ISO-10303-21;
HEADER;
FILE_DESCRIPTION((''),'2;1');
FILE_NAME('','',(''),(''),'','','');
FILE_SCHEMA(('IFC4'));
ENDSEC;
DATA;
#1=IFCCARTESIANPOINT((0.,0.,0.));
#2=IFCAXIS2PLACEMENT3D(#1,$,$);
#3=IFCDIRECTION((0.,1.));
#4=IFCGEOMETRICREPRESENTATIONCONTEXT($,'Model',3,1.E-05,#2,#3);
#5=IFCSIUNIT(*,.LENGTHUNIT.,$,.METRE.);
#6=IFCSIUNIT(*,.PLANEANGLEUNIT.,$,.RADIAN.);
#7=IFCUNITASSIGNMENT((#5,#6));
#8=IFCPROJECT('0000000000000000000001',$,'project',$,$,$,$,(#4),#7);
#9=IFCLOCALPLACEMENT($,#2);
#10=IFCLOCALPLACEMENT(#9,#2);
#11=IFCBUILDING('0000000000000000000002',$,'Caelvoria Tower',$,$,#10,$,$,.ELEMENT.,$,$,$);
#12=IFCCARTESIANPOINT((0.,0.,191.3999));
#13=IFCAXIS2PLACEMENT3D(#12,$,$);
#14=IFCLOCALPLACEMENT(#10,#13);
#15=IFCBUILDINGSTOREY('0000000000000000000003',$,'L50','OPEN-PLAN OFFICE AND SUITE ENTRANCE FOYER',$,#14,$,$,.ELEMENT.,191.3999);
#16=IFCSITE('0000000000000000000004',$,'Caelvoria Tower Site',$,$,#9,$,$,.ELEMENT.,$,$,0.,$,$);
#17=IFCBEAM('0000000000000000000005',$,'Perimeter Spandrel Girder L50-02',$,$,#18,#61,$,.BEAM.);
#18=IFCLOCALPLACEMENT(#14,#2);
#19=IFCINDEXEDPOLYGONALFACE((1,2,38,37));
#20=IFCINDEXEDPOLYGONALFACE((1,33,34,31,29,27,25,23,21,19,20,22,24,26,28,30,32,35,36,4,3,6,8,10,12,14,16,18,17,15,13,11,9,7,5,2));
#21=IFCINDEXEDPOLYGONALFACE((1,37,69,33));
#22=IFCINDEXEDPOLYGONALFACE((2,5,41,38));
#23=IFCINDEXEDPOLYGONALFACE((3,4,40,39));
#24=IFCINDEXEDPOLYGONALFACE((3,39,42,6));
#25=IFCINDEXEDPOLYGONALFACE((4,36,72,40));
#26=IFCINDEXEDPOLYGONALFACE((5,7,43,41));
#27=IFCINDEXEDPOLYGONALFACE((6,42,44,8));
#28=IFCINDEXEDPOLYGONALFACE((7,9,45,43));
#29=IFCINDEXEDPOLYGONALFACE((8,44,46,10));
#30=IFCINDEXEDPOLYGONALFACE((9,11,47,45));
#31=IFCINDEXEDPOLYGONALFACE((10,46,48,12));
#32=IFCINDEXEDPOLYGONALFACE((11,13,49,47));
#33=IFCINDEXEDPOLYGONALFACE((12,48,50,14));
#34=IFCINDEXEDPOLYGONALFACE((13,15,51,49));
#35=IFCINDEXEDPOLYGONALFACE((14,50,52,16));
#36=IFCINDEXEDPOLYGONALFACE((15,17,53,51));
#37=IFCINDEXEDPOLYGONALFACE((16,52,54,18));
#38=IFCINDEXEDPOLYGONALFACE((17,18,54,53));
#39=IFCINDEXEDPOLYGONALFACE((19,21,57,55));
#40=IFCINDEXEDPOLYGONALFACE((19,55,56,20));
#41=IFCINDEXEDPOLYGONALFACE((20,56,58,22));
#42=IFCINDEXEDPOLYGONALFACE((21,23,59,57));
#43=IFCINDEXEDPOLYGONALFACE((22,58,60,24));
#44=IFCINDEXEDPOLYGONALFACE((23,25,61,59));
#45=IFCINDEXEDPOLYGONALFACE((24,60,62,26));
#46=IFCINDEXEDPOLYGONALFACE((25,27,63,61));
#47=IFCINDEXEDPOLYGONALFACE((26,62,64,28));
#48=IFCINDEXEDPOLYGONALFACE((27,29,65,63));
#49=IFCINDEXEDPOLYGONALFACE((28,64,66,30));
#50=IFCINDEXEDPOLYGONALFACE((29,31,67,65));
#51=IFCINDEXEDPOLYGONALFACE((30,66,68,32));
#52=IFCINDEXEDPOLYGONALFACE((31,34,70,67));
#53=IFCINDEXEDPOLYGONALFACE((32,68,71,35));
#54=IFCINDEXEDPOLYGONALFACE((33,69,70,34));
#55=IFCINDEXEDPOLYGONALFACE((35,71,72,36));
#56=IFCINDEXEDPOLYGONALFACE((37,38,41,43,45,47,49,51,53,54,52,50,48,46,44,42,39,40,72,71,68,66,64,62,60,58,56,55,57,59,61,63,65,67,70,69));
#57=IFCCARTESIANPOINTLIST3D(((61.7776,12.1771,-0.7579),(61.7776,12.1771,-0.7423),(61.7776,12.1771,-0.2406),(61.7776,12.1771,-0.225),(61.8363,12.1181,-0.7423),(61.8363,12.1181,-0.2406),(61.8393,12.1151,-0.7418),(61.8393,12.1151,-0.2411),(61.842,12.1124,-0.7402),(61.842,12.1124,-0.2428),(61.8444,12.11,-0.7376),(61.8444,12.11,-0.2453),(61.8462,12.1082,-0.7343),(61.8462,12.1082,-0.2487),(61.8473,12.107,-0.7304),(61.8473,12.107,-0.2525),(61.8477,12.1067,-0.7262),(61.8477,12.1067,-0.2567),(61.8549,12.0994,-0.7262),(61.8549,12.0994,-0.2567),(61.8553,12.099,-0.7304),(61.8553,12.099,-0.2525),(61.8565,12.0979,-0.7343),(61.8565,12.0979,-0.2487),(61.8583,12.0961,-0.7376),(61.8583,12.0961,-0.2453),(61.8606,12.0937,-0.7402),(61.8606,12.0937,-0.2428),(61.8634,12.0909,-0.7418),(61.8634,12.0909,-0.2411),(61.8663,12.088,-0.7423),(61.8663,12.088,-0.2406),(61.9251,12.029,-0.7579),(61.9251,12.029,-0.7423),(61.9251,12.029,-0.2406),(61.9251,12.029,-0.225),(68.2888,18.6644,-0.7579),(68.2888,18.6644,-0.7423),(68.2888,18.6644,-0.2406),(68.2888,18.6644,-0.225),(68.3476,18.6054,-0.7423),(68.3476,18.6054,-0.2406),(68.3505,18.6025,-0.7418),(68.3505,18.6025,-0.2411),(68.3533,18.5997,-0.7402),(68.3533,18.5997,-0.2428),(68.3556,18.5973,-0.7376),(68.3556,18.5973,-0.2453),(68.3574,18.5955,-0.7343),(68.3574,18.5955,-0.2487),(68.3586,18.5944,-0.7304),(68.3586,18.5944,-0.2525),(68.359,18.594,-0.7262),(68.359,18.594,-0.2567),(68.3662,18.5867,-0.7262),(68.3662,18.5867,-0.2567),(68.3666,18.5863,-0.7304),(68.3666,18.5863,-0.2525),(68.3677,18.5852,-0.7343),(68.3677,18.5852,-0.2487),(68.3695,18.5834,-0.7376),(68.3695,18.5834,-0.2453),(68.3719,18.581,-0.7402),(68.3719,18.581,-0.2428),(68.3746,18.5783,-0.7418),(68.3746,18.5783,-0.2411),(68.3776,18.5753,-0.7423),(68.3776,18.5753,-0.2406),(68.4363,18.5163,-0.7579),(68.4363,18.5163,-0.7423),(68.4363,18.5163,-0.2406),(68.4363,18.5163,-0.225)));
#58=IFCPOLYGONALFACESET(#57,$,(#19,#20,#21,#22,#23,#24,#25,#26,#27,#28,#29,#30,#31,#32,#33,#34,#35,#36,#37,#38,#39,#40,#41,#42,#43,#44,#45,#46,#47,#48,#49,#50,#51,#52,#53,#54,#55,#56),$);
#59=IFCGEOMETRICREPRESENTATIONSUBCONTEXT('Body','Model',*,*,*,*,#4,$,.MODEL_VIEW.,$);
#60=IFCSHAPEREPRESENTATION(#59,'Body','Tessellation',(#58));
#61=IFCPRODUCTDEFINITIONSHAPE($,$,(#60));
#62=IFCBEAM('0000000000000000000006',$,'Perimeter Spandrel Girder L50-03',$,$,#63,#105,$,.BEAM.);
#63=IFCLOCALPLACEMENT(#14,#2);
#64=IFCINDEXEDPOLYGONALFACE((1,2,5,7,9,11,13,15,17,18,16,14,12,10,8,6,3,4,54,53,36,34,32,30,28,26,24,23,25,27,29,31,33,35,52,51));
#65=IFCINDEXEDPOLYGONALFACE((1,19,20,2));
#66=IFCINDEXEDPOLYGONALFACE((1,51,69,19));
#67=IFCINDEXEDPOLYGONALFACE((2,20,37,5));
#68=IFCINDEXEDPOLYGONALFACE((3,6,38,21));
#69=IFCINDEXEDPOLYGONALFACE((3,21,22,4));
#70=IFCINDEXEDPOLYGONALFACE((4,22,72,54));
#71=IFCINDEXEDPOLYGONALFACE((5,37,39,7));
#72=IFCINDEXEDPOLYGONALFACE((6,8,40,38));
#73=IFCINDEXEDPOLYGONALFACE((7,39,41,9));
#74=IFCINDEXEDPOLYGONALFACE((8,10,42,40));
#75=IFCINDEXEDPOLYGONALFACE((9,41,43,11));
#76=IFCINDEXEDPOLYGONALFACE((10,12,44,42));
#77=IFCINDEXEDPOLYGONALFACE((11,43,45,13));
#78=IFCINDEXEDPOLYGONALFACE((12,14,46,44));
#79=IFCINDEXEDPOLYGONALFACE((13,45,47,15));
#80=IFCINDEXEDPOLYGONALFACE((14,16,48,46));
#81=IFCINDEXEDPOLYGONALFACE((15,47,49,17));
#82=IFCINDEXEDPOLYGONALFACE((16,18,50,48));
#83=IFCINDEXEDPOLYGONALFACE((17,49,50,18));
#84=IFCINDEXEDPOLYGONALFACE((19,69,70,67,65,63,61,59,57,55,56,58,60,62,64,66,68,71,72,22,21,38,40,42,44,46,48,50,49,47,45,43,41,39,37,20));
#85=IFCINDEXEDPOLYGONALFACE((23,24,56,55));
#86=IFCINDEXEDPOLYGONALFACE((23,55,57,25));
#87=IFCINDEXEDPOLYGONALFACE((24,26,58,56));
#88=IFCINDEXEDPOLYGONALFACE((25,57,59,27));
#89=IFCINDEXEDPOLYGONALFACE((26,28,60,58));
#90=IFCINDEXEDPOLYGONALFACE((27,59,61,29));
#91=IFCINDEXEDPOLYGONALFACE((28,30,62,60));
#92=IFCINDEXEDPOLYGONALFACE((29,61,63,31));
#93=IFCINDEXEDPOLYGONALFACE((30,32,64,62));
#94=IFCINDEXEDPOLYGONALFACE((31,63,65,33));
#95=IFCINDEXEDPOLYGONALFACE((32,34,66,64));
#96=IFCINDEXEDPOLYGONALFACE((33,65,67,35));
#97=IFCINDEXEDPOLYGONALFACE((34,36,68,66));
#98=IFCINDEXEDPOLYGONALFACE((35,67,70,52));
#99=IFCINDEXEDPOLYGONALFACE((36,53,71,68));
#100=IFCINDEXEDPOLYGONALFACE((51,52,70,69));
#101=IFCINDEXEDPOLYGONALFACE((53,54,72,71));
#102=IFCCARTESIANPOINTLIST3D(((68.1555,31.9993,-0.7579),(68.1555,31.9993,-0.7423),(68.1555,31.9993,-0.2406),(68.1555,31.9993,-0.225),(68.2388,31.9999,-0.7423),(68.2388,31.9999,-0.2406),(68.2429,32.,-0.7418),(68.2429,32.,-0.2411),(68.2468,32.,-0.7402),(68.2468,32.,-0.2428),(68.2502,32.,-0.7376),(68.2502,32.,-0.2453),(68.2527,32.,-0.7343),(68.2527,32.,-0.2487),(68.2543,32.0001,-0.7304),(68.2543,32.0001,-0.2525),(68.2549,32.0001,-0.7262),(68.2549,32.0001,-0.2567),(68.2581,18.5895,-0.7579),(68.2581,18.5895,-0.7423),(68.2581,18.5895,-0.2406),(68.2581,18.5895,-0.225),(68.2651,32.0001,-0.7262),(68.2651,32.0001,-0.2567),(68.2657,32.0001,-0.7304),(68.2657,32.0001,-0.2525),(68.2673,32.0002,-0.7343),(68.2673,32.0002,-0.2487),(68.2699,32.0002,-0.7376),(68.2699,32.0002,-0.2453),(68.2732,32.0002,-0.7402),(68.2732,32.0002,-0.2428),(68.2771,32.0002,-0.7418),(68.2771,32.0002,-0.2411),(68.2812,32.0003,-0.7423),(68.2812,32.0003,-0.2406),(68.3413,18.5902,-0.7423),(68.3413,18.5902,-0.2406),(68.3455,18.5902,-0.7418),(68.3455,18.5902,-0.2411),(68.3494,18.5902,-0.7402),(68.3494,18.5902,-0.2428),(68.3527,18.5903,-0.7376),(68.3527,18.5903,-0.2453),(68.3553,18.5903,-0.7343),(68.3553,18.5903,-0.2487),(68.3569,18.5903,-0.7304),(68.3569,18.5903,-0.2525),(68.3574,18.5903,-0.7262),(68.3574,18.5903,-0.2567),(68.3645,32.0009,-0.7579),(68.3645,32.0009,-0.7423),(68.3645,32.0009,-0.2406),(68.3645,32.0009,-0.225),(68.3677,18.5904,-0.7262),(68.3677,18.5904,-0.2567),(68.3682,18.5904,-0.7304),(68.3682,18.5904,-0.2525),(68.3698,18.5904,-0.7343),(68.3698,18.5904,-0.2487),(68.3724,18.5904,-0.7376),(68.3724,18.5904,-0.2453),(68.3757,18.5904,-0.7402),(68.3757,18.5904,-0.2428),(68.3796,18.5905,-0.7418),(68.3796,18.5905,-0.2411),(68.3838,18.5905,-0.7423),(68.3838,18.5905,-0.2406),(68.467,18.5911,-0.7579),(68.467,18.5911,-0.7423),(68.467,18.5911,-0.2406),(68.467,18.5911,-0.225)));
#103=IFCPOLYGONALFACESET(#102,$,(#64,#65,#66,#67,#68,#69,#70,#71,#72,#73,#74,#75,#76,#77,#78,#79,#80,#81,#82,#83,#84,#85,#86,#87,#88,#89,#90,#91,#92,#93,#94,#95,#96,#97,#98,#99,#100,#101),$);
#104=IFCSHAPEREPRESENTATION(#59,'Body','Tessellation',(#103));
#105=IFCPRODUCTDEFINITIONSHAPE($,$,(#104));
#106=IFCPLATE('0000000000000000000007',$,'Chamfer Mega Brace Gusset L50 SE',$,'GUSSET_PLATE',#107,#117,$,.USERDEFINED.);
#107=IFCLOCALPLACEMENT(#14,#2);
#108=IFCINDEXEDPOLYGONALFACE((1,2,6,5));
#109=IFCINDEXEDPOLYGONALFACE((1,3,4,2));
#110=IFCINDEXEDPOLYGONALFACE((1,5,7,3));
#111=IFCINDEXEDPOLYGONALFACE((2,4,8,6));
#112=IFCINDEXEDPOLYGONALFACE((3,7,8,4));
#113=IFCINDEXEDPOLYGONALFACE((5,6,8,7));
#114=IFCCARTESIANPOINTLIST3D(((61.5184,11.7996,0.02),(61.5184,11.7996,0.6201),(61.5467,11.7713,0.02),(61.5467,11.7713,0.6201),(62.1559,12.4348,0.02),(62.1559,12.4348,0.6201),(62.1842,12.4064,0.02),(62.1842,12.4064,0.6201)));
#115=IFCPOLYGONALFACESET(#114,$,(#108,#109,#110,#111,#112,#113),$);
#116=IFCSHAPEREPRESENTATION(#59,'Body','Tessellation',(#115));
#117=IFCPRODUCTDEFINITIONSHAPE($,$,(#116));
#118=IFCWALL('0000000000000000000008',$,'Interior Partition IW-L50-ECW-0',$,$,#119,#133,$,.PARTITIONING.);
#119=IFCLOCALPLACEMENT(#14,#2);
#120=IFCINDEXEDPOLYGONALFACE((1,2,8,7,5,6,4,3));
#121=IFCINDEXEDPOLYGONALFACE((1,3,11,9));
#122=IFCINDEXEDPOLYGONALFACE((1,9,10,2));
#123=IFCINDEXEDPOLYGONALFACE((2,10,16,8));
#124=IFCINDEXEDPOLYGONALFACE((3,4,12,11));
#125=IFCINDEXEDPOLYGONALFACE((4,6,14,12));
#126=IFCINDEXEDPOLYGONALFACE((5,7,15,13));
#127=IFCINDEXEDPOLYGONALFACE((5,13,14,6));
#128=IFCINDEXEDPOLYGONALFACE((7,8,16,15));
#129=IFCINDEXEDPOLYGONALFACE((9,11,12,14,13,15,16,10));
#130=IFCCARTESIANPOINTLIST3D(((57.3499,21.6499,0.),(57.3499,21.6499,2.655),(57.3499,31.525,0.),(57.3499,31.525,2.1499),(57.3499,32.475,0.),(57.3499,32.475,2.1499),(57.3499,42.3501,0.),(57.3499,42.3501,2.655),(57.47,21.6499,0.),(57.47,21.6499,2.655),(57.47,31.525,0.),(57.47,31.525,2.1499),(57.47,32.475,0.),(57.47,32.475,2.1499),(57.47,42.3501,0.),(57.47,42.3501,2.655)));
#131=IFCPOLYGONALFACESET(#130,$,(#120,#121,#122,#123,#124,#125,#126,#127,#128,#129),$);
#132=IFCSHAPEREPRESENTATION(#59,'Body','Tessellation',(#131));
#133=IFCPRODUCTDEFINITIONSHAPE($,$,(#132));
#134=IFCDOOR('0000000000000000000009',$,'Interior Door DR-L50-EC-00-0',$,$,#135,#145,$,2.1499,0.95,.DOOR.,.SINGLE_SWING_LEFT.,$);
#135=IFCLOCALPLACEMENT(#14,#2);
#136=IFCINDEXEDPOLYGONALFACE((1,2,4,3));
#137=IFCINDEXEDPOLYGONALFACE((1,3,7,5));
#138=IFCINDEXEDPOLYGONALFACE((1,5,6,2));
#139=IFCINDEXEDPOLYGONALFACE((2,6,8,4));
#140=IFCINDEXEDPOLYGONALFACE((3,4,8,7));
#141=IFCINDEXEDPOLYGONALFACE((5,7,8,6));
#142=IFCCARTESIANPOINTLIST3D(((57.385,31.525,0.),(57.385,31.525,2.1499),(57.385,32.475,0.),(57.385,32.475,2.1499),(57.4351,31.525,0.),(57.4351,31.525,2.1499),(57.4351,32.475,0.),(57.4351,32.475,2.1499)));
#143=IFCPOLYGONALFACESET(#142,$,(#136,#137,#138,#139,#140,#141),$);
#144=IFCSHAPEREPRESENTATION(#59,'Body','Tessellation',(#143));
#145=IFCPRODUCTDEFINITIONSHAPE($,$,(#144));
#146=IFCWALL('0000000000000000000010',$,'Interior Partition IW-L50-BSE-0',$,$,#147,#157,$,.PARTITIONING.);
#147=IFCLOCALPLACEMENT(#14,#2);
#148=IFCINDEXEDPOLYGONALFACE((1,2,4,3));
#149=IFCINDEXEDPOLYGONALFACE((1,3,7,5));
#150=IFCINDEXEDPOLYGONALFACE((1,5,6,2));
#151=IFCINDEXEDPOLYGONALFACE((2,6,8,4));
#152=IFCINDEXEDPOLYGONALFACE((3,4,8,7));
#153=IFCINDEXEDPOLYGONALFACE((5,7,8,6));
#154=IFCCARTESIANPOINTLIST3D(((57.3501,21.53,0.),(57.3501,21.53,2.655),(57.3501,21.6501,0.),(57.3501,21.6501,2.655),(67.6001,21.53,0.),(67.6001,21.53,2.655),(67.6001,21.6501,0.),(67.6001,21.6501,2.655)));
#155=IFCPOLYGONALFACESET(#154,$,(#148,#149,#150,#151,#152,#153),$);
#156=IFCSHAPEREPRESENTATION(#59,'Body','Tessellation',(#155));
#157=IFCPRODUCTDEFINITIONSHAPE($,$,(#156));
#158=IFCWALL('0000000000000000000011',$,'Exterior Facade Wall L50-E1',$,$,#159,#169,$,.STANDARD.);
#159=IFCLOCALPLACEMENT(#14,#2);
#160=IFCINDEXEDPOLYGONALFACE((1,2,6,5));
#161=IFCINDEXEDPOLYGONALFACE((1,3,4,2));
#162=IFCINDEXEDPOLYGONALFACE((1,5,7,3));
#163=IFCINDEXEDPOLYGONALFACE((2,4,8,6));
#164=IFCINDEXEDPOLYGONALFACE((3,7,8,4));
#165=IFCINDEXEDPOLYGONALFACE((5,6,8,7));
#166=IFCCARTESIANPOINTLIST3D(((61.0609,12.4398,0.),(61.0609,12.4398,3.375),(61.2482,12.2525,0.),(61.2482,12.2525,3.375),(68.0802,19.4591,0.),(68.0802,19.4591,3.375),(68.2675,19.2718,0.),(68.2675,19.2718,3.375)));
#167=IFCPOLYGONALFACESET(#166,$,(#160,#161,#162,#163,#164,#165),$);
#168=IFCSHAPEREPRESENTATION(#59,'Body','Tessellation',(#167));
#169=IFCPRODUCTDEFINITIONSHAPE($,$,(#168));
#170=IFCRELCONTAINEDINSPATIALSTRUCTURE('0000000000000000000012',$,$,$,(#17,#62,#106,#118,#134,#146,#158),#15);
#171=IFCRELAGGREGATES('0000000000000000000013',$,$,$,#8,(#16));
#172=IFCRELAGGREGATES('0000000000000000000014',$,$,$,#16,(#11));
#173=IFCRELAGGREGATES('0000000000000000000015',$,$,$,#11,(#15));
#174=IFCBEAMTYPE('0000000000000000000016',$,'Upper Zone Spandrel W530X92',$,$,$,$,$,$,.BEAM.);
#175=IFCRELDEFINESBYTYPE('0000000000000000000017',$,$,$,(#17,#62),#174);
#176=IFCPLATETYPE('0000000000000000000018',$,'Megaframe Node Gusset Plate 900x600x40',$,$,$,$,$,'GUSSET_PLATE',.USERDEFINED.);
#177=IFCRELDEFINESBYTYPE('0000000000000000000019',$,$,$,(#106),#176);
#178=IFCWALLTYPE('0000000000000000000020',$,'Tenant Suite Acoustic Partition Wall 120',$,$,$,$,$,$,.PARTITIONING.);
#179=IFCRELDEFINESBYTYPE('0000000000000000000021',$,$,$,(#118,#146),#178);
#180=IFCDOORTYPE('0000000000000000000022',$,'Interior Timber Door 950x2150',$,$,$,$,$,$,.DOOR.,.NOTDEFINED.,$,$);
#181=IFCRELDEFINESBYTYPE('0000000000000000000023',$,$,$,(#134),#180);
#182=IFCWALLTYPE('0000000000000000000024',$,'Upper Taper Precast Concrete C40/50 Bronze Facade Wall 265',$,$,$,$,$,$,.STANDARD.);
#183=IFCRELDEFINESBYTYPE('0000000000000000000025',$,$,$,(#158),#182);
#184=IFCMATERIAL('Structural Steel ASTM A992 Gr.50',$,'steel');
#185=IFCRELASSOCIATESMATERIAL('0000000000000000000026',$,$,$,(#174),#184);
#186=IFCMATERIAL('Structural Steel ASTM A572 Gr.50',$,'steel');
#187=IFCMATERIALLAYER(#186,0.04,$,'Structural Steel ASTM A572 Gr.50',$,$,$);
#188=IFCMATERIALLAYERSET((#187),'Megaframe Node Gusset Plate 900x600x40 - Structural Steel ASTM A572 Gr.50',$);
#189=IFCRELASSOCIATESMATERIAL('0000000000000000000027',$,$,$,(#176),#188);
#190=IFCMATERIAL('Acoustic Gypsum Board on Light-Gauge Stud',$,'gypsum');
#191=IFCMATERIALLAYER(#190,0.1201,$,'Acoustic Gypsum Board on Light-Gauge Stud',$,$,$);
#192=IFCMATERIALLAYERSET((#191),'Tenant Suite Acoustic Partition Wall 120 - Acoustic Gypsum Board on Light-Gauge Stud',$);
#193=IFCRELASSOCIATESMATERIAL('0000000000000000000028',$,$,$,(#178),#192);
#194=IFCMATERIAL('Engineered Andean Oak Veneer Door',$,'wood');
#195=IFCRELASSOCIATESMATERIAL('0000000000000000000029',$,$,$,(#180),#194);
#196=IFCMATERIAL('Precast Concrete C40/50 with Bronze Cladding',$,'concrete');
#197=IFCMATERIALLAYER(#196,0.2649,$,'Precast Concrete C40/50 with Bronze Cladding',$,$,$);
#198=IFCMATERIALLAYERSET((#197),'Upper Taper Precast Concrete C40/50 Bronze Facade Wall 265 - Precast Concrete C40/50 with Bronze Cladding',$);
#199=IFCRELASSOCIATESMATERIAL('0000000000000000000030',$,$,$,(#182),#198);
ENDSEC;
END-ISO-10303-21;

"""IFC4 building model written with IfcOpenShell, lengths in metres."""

from ifc_helpers import new_model, si_unit, direction, frame, frame_2d, origin, origin_2d, place, context, subcontext, project, spatial, rectangle, i_section, extrude, material, layer, layer_set, material_profile, profile_set, type_object, element, fill, save


model = new_model("IFC4")

# Units and contexts
model_context = context("Model", 3, precision=1e-05, world=origin(), true_north=direction((0.0, 1.0)))
body_context = subcontext(model_context, "Body", "Model", "MODEL_VIEW")
ifc_project = project(units=[si_unit("LENGTHUNIT", "METRE"), si_unit("PLANEANGLEUNIT", "RADIAN")], contexts=[model_context])

# Site, building, storey
site_placement = place(None, origin())
site = spatial("IfcSite", under=ifc_project, at=site_placement, Name="Caelvoria Tower Site", CompositionType="ELEMENT", RefElevation=0.0)
building_placement = place(site_placement, origin())
building = spatial("IfcBuilding", under=site, at=building_placement, Name="Caelvoria Tower", CompositionType="ELEMENT")
storey_placement = place(building_placement, frame((0.0, 0.0, 191.3999)))
storey = spatial("IfcBuildingStorey", under=building, at=storey_placement, Name="L50", Description="OPEN-PLAN OFFICE AND SUITE ENTRANCE FOYER", CompositionType="ELEMENT", Elevation=191.3999)

# Shared definitions
ifc_material_1 = material(Name="Structural Steel ASTM A572 Gr.50", Category="steel")

# Shared definitions
ifc_material_2 = material(Name="Structural Steel ASTM A992 Gr.50", Category="steel")

# Beams
ifc_material_profile_1 = material_profile(ifc_material_2, i_section(OverallWidth=0.209, OverallDepth=0.533, WebThickness=0.0103, FlangeThickness=0.0156, FilletRadius=0.0161, at=origin_2d()), Name="Structural Steel ASTM A992 Gr.50")
ifc_profile_set_1 = profile_set([ifc_material_profile_1], Name="W530X92 - Structural Steel ASTM A992 Gr.50")
beam_type_1 = type_object("IfcBeamType", Name="Upper Zone Spandrel W530X92", PredefinedType="BEAM", material=ifc_profile_set_1)
beam_1_placement = place(storey_placement, frame((61.8513, 12.103, -0.4915), z_axis=(0.708407, 0.705804, 0.0), x_axis=(-0.705804, 0.708407, 0.0)))
element("IfcBeam", 1, at=beam_1_placement, inside=storey, type_object=beam_type_1, Name="Perimeter Spandrel Girder L50-02", PredefinedType="BEAM", context=body_context, shape_type="SweptSolid", body=[
    extrude(i_section(OverallWidth=0.209, OverallDepth=0.533, WebThickness=0.0103, FlangeThickness=0.0156, FilletRadius=0.0161, at=origin_2d()), origin(), (0.0, 0.0, 1.0), 9.1914),
])
beam_2_placement = place(storey_placement, frame((68.3625, 18.5903, -0.4915), z_axis=(-0.007646, 0.999971, 0.0), x_axis=(-0.999971, -0.007646, 0.0)))
element("IfcBeam", 2, at=beam_2_placement, inside=storey, type_object=beam_type_1, Name="Perimeter Spandrel Girder L50-03", PredefinedType="BEAM", context=body_context, shape_type="SweptSolid", body=[
    extrude(i_section(OverallWidth=0.209, OverallDepth=0.533, WebThickness=0.0103, FlangeThickness=0.0156, FilletRadius=0.0161, at=origin_2d()), origin(), (0.0, 0.0, 1.0), 13.4102),
])

# Plate
ifc_layer_1 = layer(ifc_material_1, 0.04, Name="Structural Steel ASTM A572 Gr.50")
ifc_layer_set_1 = layer_set([ifc_layer_1], Name="Megaframe Node Gusset Plate 900x600x40 - Structural Steel ASTM A572 Gr.50")
plate_type = type_object("IfcPlateType", Name="Megaframe Node Gusset Plate 900x600x40", ElementType="GUSSET_PLATE", PredefinedType="USERDEFINED", material=ifc_layer_set_1)
plate_placement = place(storey_placement, frame((61.8513, 12.103, 0.02), z_axis=(0.0, 0.0, 1.0), x_axis=(0.708405, 0.705806, 0.0)))
element("IfcPlate", 3, at=plate_placement, inside=storey, type_object=plate_type, Name="Chamfer Mega Brace Gusset L50 SE", ObjectType="GUSSET_PLATE", PredefinedType="USERDEFINED", context=body_context, shape_type="SweptSolid", body=[
    extrude(rectangle(XDim=0.8999, YDim=0.04, at=origin_2d()), origin(), (0.0, 0.0, 1.0), 0.6001),
])

# Wall, opening, door
ifc_material_3 = material(Name="Acoustic Gypsum Board on Light-Gauge Stud", Category="gypsum")
ifc_layer_2 = layer(ifc_material_3, 0.1201, Name="Acoustic Gypsum Board on Light-Gauge Stud")
ifc_layer_set_2 = layer_set([ifc_layer_2], Name="Tenant Suite Acoustic Partition Wall 120 - Acoustic Gypsum Board on Light-Gauge Stud")
wall_type_1 = type_object("IfcWallType", Name="Tenant Suite Acoustic Partition Wall 120", PredefinedType="PARTITIONING", material=ifc_layer_set_2)
wall_1_placement = place(storey_placement, frame((57.4099, 21.6499, 0.0), z_axis=(0.0, 0.0, 1.0), x_axis=(0.0, 1.0, 0.0)))
wall_1 = element("IfcWall", 4, at=wall_1_placement, inside=storey, type_object=wall_type_1, Name="Interior Partition IW-L50-ECW-0", PredefinedType="PARTITIONING", context=body_context, shape_type="SweptSolid", body=[
    extrude(rectangle(XDim=20.7002, YDim=0.1201, at=frame_2d((10.3501, 0.0))), origin(), (0.0, 0.0, 1.0), 2.655),
])
opening_1_placement = place(wall_1_placement, frame((9.875, 0.0, 0.0)))
opening_1 = element("IfcOpeningElement", 5, at=opening_1_placement, cuts=wall_1, PredefinedType="OPENING", context=body_context, shape_type="SweptSolid", body=[
    extrude(rectangle(XDim=0.95, YDim=2.1499, at=frame_2d((0.4751, 1.075))), frame((0.0, 0.0701, 0.0), z_axis=(0.0, -1.0, 0.0), x_axis=(1.0, 0.0, 0.0)), (0.0, 0.0, 1.0), 0.1401),
])
ifc_material_4 = material(Name="Engineered Andean Oak Veneer Door", Category="wood")
door_type = type_object("IfcDoorType", Name="Interior Timber Door 950x2150", OperationType="NOTDEFINED", PredefinedType="DOOR", material=ifc_material_4)
door_placement = place(opening_1_placement, origin())
door = element("IfcDoor", 6, at=door_placement, inside=storey, type_object=door_type, Name="Interior Door DR-L50-EC-00-0", OperationType="SINGLE_SWING_LEFT", OverallHeight=2.1499, OverallWidth=0.95, PredefinedType="DOOR", context=body_context, shape_type="SweptSolid", body=[
    extrude(rectangle(XDim=0.95, YDim=2.1499, at=frame_2d((0.4751, 1.075))), frame((0.0, 0.0249, 0.0), z_axis=(0.0, -1.0, 0.0), x_axis=(1.0, 0.0, 0.0)), (0.0, 0.0, 1.0), 0.05),
])
fill(opening_1, door)

# Walls
wall_2_placement = place(storey_placement, frame((57.3501, 21.5901, 0.0), z_axis=(0.0, 0.0, 1.0), x_axis=(1.0, 0.0, 0.0)))
element("IfcWall", 7, at=wall_2_placement, inside=storey, type_object=wall_type_1, Name="Interior Partition IW-L50-BSE-0", PredefinedType="PARTITIONING", context=body_context, shape_type="SweptSolid", body=[
    extrude(rectangle(XDim=10.25, YDim=0.1201, at=frame_2d((5.125, 0.0))), origin(), (0.0, 0.0, 1.0), 2.655),
])
ifc_material_5 = material(Name="Precast Concrete C40/50 with Bronze Cladding", Category="concrete")
ifc_layer_3 = layer(ifc_material_5, 0.2649, Name="Precast Concrete C40/50 with Bronze Cladding")
ifc_layer_set_3 = layer_set([ifc_layer_3], Name="Upper Taper Precast Concrete C40/50 Bronze Facade Wall 265 - Precast Concrete C40/50 with Bronze Cladding")
wall_type_2 = type_object("IfcWallType", Name="Upper Taper Precast Concrete C40/50 Bronze Facade Wall 265", PredefinedType="STANDARD", material=ifc_layer_set_3)
wall_3_placement = place(storey_placement, frame((61.1545, 12.3462, 0.0), z_axis=(0.0, 0.0, 1.0), x_axis=(0.707107, 0.707107, 0.0)))
element("IfcWall", 8, at=wall_3_placement, inside=storey, type_object=wall_type_2, Name="Exterior Facade Wall L50-E1", PredefinedType="STANDARD", context=body_context, shape_type="SweptSolid", body=[
    extrude(rectangle(XDim=9.9268, YDim=0.2649, at=frame_2d((4.9634, 0.0))), origin(), (0.0, 0.0, 1.0), 3.375),
])

save(model, "model.ifc")
